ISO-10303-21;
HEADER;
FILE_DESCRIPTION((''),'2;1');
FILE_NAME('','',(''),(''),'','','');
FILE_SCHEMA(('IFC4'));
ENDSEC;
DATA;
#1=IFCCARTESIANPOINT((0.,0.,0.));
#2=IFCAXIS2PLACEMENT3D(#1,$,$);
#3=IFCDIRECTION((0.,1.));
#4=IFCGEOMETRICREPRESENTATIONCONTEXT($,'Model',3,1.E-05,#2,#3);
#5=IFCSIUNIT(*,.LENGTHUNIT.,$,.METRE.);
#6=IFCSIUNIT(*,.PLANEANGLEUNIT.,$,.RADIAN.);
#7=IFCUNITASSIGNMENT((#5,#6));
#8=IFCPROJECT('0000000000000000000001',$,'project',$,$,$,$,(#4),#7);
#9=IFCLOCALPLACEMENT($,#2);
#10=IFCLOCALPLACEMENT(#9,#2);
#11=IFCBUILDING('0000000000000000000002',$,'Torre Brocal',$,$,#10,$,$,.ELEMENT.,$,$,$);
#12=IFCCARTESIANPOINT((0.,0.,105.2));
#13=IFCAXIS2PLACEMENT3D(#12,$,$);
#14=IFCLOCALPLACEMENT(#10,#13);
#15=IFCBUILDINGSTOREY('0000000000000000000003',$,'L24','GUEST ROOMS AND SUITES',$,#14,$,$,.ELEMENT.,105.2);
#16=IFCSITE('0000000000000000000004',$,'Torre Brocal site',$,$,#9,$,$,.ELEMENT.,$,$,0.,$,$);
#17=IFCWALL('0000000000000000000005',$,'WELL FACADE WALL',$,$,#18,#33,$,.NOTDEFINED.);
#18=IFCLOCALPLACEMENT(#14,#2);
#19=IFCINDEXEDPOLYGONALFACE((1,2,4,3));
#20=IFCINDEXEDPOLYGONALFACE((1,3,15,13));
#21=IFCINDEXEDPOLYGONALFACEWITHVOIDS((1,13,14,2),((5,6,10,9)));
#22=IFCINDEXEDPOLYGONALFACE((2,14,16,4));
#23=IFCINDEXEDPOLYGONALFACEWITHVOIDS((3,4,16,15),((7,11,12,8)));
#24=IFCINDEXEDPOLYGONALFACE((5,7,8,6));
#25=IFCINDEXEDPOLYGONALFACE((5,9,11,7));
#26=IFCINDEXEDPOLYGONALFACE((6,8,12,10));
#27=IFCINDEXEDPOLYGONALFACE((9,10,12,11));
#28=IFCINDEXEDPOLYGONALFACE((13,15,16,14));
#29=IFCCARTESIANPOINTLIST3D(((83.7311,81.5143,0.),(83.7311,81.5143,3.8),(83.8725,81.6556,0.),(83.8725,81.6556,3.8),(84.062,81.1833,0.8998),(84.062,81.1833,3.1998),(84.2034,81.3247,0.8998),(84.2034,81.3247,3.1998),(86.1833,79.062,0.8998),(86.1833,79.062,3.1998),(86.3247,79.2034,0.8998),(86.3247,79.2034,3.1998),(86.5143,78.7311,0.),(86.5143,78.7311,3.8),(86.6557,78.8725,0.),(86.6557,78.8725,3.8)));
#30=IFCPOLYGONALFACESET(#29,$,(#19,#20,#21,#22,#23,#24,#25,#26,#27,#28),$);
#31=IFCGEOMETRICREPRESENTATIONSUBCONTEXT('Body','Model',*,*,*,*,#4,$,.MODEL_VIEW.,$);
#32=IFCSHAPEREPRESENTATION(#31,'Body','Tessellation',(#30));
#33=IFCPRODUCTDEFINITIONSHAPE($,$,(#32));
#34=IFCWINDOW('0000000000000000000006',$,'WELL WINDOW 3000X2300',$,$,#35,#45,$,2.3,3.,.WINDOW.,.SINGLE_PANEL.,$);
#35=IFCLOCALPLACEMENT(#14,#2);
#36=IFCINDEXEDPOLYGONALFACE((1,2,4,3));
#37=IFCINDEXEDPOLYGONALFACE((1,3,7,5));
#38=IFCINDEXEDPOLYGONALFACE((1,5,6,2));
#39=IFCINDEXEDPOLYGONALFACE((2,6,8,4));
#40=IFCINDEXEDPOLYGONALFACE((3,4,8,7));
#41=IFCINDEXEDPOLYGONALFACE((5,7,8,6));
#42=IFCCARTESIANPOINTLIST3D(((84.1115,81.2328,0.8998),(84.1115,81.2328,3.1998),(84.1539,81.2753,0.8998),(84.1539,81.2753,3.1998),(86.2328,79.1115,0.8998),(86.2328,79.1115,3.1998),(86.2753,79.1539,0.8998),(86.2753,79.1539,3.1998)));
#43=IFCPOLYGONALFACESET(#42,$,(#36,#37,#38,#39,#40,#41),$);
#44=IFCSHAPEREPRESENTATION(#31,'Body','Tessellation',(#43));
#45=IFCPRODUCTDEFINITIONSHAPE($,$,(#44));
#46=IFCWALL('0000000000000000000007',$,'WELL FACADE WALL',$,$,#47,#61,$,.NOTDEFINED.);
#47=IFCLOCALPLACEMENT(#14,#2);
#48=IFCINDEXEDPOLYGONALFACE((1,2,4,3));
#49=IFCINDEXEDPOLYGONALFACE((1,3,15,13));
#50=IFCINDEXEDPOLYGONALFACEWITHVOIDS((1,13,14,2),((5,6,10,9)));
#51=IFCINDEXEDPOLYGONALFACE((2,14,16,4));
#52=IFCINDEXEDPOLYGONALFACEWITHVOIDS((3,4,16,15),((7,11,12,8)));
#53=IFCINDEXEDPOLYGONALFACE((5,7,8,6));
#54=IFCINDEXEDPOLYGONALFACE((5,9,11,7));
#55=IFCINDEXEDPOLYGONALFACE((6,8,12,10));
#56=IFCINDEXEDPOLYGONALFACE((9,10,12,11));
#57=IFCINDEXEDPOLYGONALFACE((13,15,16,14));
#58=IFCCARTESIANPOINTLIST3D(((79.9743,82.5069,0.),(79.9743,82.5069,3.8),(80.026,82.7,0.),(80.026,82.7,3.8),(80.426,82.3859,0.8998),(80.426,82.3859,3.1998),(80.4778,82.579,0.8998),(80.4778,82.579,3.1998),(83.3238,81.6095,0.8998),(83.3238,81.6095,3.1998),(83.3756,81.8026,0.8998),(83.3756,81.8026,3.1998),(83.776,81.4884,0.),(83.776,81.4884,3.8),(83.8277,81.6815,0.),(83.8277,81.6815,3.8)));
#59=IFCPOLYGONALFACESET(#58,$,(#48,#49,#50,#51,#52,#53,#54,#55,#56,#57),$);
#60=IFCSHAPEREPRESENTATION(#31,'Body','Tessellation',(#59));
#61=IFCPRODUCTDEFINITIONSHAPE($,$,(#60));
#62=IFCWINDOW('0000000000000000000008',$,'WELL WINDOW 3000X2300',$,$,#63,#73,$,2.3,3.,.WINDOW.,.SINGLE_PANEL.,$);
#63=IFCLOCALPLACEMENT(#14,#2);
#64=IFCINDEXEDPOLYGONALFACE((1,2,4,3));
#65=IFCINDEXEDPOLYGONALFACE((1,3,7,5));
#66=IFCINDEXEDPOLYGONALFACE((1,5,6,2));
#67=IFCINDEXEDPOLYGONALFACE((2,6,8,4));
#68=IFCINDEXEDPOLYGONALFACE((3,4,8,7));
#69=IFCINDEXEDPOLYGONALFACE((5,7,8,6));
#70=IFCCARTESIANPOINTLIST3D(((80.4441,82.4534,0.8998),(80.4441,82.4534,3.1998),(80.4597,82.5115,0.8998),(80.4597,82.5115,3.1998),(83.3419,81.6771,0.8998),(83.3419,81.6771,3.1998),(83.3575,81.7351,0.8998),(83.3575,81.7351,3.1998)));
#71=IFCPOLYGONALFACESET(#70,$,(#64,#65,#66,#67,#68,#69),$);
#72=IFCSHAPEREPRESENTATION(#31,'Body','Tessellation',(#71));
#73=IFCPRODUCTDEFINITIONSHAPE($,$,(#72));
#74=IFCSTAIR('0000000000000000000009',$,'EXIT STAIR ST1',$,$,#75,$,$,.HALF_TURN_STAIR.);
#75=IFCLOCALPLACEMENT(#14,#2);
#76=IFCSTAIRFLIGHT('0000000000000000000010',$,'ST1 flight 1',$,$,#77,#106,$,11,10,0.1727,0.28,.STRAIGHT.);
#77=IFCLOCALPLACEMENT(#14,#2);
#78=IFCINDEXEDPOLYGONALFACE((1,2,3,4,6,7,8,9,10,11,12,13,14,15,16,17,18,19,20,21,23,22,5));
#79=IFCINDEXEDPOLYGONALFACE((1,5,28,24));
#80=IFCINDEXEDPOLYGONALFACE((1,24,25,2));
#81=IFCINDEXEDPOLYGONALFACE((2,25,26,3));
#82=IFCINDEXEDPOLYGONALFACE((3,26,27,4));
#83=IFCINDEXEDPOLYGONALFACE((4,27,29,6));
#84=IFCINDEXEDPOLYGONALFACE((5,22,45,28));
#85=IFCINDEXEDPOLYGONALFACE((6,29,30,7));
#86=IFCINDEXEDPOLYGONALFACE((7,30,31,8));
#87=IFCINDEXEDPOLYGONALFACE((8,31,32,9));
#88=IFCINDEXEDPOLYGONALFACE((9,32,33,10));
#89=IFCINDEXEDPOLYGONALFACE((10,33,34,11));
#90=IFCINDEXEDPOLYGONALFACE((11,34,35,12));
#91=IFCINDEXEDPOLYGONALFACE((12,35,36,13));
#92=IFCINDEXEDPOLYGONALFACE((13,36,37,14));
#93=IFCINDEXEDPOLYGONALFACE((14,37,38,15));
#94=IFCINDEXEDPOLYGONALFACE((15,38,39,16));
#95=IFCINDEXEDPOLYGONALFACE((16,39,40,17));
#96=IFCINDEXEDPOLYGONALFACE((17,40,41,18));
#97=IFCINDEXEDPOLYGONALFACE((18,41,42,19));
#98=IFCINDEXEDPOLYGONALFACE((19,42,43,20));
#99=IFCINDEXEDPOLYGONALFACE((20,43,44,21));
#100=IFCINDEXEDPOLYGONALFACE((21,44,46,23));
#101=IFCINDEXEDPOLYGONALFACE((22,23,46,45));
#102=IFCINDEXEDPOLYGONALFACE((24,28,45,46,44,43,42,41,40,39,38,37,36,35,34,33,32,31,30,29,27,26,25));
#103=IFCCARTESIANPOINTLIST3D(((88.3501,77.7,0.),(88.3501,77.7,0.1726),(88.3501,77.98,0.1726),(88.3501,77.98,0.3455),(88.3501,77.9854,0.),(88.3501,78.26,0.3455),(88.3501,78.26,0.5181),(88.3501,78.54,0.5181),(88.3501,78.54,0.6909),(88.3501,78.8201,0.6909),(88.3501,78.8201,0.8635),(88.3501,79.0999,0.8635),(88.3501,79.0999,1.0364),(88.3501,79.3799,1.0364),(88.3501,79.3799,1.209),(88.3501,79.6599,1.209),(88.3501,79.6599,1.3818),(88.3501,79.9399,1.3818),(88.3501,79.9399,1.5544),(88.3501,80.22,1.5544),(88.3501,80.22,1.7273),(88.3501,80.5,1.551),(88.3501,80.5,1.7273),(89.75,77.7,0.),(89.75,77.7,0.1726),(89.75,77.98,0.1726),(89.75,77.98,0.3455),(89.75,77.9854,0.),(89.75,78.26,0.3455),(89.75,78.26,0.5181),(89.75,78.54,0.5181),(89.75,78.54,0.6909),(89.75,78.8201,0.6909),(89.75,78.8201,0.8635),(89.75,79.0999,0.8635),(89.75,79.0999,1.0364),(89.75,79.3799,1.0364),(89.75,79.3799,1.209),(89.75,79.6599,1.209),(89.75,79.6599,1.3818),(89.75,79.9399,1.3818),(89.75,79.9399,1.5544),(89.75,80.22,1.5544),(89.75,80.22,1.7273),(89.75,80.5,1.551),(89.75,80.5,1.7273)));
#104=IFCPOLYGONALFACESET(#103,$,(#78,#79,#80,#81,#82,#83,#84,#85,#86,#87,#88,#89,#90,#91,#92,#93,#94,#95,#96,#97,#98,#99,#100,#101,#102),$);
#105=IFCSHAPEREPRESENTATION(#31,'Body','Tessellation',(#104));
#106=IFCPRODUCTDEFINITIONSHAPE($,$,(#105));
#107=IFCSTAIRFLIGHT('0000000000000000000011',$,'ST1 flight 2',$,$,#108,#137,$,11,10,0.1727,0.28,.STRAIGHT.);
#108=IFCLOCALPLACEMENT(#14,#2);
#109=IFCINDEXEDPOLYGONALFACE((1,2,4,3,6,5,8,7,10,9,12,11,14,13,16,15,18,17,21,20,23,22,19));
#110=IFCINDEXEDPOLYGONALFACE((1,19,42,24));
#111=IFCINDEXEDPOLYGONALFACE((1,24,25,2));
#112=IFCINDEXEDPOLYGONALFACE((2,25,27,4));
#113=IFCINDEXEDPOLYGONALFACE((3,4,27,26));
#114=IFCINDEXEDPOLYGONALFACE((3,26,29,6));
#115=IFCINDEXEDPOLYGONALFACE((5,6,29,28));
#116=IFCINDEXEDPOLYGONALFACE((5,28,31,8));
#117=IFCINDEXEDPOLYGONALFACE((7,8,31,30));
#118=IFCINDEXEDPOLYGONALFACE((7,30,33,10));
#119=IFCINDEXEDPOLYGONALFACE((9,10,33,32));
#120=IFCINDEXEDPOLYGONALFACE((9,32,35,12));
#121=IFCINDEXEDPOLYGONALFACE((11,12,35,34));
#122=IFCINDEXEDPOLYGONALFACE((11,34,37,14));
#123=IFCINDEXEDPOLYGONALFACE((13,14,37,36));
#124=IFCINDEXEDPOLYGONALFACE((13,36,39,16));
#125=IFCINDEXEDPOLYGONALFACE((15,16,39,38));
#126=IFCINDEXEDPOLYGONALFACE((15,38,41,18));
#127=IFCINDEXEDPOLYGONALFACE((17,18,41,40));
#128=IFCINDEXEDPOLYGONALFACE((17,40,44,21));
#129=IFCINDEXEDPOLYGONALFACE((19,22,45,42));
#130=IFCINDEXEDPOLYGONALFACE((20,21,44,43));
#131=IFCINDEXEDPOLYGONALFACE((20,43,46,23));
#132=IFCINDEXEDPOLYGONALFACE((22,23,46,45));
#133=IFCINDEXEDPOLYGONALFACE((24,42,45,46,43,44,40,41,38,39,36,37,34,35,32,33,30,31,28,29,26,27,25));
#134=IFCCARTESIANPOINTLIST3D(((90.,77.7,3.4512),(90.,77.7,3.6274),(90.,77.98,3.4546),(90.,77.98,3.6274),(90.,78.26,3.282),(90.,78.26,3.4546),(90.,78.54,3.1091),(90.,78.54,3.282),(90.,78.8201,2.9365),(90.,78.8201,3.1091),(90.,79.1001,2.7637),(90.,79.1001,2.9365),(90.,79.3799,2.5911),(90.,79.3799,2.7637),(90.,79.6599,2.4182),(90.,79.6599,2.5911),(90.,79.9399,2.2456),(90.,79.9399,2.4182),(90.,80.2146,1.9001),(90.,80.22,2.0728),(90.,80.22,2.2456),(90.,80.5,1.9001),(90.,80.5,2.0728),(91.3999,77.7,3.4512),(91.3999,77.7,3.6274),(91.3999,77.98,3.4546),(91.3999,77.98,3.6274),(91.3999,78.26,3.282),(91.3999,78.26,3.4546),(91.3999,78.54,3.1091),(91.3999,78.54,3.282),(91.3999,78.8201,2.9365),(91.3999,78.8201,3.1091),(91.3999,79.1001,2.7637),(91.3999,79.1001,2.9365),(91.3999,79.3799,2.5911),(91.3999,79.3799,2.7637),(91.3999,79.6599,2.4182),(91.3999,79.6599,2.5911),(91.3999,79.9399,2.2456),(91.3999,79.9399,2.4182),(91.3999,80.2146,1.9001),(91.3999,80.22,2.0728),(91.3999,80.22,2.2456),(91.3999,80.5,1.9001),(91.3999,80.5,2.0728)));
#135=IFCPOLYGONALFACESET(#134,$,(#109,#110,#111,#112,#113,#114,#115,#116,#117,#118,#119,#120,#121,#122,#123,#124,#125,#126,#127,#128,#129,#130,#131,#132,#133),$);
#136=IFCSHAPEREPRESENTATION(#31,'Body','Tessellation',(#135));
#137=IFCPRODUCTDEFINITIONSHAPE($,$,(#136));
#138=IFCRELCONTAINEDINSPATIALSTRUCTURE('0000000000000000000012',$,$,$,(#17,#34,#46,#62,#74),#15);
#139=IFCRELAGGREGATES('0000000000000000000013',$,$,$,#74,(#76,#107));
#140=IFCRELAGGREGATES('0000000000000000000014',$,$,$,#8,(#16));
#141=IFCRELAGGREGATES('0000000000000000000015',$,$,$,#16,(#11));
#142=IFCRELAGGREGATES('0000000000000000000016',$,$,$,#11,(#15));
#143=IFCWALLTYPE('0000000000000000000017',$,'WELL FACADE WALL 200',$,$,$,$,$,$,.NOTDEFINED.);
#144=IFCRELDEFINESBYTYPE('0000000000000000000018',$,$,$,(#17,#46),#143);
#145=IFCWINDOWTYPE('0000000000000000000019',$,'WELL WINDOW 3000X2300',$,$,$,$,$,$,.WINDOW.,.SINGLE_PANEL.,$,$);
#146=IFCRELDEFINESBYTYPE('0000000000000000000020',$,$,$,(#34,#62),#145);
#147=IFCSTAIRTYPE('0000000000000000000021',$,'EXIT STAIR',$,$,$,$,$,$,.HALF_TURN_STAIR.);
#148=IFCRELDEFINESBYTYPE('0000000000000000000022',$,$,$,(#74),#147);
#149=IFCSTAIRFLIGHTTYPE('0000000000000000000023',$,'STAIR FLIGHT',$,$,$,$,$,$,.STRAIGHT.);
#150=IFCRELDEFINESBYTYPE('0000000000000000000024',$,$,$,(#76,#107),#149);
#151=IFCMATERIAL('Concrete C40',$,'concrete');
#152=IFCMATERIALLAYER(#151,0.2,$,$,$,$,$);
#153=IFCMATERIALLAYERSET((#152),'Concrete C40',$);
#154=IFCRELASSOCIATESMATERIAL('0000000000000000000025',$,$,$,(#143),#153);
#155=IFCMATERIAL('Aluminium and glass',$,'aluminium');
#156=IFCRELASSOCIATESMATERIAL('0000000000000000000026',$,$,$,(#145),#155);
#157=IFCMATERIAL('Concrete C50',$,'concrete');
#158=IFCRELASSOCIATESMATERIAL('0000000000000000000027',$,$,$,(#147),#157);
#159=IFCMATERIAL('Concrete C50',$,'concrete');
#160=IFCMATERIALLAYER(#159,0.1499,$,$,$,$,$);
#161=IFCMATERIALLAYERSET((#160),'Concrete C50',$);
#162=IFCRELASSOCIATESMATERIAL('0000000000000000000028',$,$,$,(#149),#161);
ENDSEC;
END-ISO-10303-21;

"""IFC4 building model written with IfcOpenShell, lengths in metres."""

from ifc_helpers import new_model, si_unit, direction, frame, frame_2d, origin, place, context, subcontext, project, spatial, polyline, rectangle, outline, extrude, material, layer, layer_set, type_object, element, fill, aggregate, save


model = new_model("IFC4")

# Units and contexts
model_context = context("Model", 3, precision=1e-05, world=origin(), true_north=direction((0.0, 1.0)))
body_context = subcontext(model_context, "Body", "Model", "MODEL_VIEW")
ifc_project = project(units=[si_unit("LENGTHUNIT", "METRE"), si_unit("PLANEANGLEUNIT", "RADIAN")], contexts=[model_context])

# Site, building, storey
site_placement = place(None, origin())
site = spatial("IfcSite", under=ifc_project, at=site_placement, Name="Torre Brocal site", CompositionType="ELEMENT", RefElevation=0.0)
building_placement = place(site_placement, origin())
building = spatial("IfcBuilding", under=site, at=building_placement, Name="Torre Brocal", CompositionType="ELEMENT")
storey_placement = place(building_placement, frame((0.0, 0.0, 105.2)))
storey = spatial("IfcBuildingStorey", under=building, at=storey_placement, Name="L24", Description="GUEST ROOMS AND SUITES", CompositionType="ELEMENT", Elevation=105.2)

# Walls, openings, windows
ifc_material_1 = material(Name="Concrete C40", Category="concrete")
ifc_layer_1 = layer(ifc_material_1, 0.2)
ifc_layer_set_1 = layer_set([ifc_layer_1], Name="Concrete C40")
wall_type_1 = type_object("IfcWallType", Name="WELL FACADE WALL 200", PredefinedType="NOTDEFINED", material=ifc_layer_set_1)
wall_1_placement = place(storey_placement, frame((86.585, 78.8018, 0.0), z_axis=(0.0, 0.0, 1.0), x_axis=(-0.707107, 0.707107, 0.0)))
wall_1 = element("IfcWall", 1, at=wall_1_placement, inside=storey, type_object=wall_type_1, Name="WELL FACADE WALL", PredefinedType="NOTDEFINED", context=body_context, shape_type="SweptSolid", body=[
    extrude(rectangle(XDim=3.936, YDim=0.2, at=frame_2d((1.968, 0.0))), origin(), (0.0, 0.0, 1.0), 3.8),
])
opening_1_placement = place(wall_1_placement, frame((0.468, 0.0, 0.8999)))
opening_1 = element("IfcOpeningElement", 2, at=opening_1_placement, cuts=wall_1, PredefinedType="OPENING", context=body_context, shape_type="SweptSolid", body=[
    extrude(rectangle(XDim=3.0, YDim=2.3, at=frame_2d((1.5, 1.1499))), frame((0.0, 0.1099, 0.0), z_axis=(0.0, -1.0, 0.0), x_axis=(1.0, 0.0, 0.0)), (0.0, 0.0, 1.0), 0.22),
])
ifc_material_2 = material(Name="Aluminium and glass", Category="aluminium")
window_type = type_object("IfcWindowType", Name="WELL WINDOW 3000X2300", PartitioningType="SINGLE_PANEL", PredefinedType="WINDOW", material=ifc_material_2)
window_1_placement = place(opening_1_placement, origin())
window_1 = element("IfcWindow", 3, at=window_1_placement, inside=storey, type_object=window_type, Name="WELL WINDOW 3000X2300", OverallHeight=2.3, OverallWidth=3.0, PartitioningType="SINGLE_PANEL", PredefinedType="WINDOW", context=body_context, shape_type="SweptSolid", body=[
    extrude(rectangle(XDim=3.0, YDim=2.3, at=frame_2d((1.5, 1.1499))), frame((0.0, 0.03, 0.0), z_axis=(0.0, -1.0, 0.0), x_axis=(1.0, 0.0, 0.0)), (0.0, 0.0, 1.0), 0.0601),
])
fill(opening_1, window_1)
wall_2_placement = place(storey_placement, frame((83.8018, 81.585, 0.0), z_axis=(0.0, 0.0, 1.0), x_axis=(-0.965934, 0.25879, 0.0)))
wall_2 = element("IfcWall", 4, at=wall_2_placement, inside=storey, type_object=wall_type_1, Name="WELL FACADE WALL", PredefinedType="NOTDEFINED", context=body_context, shape_type="SweptSolid", body=[
    extrude(rectangle(XDim=3.9358, YDim=0.2, at=frame_2d((1.9678, 0.0))), origin(), (0.0, 0.0, 1.0), 3.8),
])
opening_2_placement = place(wall_2_placement, frame((0.468, 0.0, 0.8999)))
opening_2 = element("IfcOpeningElement", 5, at=opening_2_placement, cuts=wall_2, PredefinedType="OPENING", context=body_context, shape_type="SweptSolid", body=[
    extrude(rectangle(XDim=3.0, YDim=2.3, at=frame_2d((1.5, 1.1499))), frame((0.0, 0.1099, 0.0), z_axis=(0.0, -1.0, 0.0), x_axis=(1.0, 0.0, 0.0)), (0.0, 0.0, 1.0), 0.22),
])
window_2_placement = place(opening_2_placement, origin())
window_2 = element("IfcWindow", 6, at=window_2_placement, inside=storey, type_object=window_type, Name="WELL WINDOW 3000X2300", OverallHeight=2.3, OverallWidth=3.0, PartitioningType="SINGLE_PANEL", PredefinedType="WINDOW", context=body_context, shape_type="SweptSolid", body=[
    extrude(rectangle(XDim=3.0, YDim=2.3, at=frame_2d((1.5, 1.1499))), frame((0.0, 0.03, 0.0), z_axis=(0.0, -1.0, 0.0), x_axis=(1.0, 0.0, 0.0)), (0.0, 0.0, 1.0), 0.0601),
])
fill(opening_2, window_2)

# Stair, stair flights
ifc_material_3 = material(Name="Concrete C50", Category="concrete")
stair_type = type_object("IfcStairType", Name="EXIT STAIR", PredefinedType="HALF_TURN_STAIR", material=ifc_material_3)
stair_placement = place(storey_placement, origin())
stair = element("IfcStair", 7, at=stair_placement, inside=storey, type_object=stair_type, Name="EXIT STAIR ST1", PredefinedType="HALF_TURN_STAIR")
ifc_material_4 = material(Name="Concrete C50", Category="concrete")
ifc_layer_2 = layer(ifc_material_4, 0.1499)
ifc_layer_set_2 = layer_set([ifc_layer_2], Name="Concrete C50")
stair_flight_type = type_object("IfcStairFlightType", Name="STAIR FLIGHT", PredefinedType="STRAIGHT", material=ifc_layer_set_2)
stair_flight_1_placement = place(storey_placement, frame((89.05, 77.7, 0.0), z_axis=(0.0, 0.0, 1.0), x_axis=(0.0, 1.0, 0.0)))
stair_flight_1 = element("IfcStairFlight", 8, at=stair_flight_1_placement, type_object=stair_flight_type, Name="ST1 flight 1", NumberOfRisers=11, NumberOfTreads=10, PredefinedType="STRAIGHT", RiserHeight=0.1727, TreadLength=0.28, context=body_context, shape_type="SweptSolid", body=[
    extrude(outline(polyline([(0.0, 0.0), (0.0, 0.1726), (0.28, 0.1726), (0.28, 0.3455), (0.5601, 0.3455), (0.5601, 0.5181), (0.8401, 0.5181), (0.8401, 0.6909), (1.1201, 0.6909), (1.1201, 0.8635), (1.3999, 0.8635), (1.3999, 1.0364), (1.6799, 1.0364), (1.6799, 1.209), (1.96, 1.209), (1.96, 1.3818), (2.24, 1.3818), (2.24, 1.5544), (2.52, 1.5544), (2.52, 1.7273), (2.8, 1.7273), (2.8, 1.8999), (2.8, 1.551), (0.2854, 0.0), (0.0, 0.0)])), frame((0.0, 0.7, 0.0), z_axis=(0.0, -1.0, 0.0), x_axis=(1.0, 0.0, 0.0)), (0.0, 0.0, 1.0), 1.3999),
])
stair_flight_2_placement = place(storey_placement, frame((90.7, 80.5, 1.9001), z_axis=(0.0, 0.0, 1.0), x_axis=(0.0, -1.0, 0.0)))
stair_flight_2 = element("IfcStairFlight", 9, at=stair_flight_2_placement, type_object=stair_flight_type, Name="ST1 flight 2", NumberOfRisers=11, NumberOfTreads=10, PredefinedType="STRAIGHT", RiserHeight=0.1727, TreadLength=0.28, context=body_context, shape_type="SweptSolid", body=[
    extrude(outline(polyline([(0.0, 0.0), (0.0, 0.1726), (0.28, 0.1726), (0.28, 0.3455), (0.5601, 0.3455), (0.5601, 0.5181), (0.8401, 0.5181), (0.8401, 0.6909), (1.1201, 0.6909), (1.1201, 0.8635), (1.3999, 0.8635), (1.3999, 1.0364), (1.6799, 1.0364), (1.6799, 1.209), (1.96, 1.209), (1.96, 1.3818), (2.24, 1.3818), (2.24, 1.5544), (2.52, 1.5544), (2.52, 1.7273), (2.8, 1.7273), (2.8, 1.8999), (2.8, 1.551), (0.2854, 0.0), (0.0, 0.0)])), frame((0.0, 0.7, 0.0), z_axis=(0.0, -1.0, 0.0), x_axis=(1.0, 0.0, 0.0)), (0.0, 0.0, 1.0), 1.3999),
])
aggregate(stair, [stair_flight_1, stair_flight_2])

save(model, "model.ifc")
